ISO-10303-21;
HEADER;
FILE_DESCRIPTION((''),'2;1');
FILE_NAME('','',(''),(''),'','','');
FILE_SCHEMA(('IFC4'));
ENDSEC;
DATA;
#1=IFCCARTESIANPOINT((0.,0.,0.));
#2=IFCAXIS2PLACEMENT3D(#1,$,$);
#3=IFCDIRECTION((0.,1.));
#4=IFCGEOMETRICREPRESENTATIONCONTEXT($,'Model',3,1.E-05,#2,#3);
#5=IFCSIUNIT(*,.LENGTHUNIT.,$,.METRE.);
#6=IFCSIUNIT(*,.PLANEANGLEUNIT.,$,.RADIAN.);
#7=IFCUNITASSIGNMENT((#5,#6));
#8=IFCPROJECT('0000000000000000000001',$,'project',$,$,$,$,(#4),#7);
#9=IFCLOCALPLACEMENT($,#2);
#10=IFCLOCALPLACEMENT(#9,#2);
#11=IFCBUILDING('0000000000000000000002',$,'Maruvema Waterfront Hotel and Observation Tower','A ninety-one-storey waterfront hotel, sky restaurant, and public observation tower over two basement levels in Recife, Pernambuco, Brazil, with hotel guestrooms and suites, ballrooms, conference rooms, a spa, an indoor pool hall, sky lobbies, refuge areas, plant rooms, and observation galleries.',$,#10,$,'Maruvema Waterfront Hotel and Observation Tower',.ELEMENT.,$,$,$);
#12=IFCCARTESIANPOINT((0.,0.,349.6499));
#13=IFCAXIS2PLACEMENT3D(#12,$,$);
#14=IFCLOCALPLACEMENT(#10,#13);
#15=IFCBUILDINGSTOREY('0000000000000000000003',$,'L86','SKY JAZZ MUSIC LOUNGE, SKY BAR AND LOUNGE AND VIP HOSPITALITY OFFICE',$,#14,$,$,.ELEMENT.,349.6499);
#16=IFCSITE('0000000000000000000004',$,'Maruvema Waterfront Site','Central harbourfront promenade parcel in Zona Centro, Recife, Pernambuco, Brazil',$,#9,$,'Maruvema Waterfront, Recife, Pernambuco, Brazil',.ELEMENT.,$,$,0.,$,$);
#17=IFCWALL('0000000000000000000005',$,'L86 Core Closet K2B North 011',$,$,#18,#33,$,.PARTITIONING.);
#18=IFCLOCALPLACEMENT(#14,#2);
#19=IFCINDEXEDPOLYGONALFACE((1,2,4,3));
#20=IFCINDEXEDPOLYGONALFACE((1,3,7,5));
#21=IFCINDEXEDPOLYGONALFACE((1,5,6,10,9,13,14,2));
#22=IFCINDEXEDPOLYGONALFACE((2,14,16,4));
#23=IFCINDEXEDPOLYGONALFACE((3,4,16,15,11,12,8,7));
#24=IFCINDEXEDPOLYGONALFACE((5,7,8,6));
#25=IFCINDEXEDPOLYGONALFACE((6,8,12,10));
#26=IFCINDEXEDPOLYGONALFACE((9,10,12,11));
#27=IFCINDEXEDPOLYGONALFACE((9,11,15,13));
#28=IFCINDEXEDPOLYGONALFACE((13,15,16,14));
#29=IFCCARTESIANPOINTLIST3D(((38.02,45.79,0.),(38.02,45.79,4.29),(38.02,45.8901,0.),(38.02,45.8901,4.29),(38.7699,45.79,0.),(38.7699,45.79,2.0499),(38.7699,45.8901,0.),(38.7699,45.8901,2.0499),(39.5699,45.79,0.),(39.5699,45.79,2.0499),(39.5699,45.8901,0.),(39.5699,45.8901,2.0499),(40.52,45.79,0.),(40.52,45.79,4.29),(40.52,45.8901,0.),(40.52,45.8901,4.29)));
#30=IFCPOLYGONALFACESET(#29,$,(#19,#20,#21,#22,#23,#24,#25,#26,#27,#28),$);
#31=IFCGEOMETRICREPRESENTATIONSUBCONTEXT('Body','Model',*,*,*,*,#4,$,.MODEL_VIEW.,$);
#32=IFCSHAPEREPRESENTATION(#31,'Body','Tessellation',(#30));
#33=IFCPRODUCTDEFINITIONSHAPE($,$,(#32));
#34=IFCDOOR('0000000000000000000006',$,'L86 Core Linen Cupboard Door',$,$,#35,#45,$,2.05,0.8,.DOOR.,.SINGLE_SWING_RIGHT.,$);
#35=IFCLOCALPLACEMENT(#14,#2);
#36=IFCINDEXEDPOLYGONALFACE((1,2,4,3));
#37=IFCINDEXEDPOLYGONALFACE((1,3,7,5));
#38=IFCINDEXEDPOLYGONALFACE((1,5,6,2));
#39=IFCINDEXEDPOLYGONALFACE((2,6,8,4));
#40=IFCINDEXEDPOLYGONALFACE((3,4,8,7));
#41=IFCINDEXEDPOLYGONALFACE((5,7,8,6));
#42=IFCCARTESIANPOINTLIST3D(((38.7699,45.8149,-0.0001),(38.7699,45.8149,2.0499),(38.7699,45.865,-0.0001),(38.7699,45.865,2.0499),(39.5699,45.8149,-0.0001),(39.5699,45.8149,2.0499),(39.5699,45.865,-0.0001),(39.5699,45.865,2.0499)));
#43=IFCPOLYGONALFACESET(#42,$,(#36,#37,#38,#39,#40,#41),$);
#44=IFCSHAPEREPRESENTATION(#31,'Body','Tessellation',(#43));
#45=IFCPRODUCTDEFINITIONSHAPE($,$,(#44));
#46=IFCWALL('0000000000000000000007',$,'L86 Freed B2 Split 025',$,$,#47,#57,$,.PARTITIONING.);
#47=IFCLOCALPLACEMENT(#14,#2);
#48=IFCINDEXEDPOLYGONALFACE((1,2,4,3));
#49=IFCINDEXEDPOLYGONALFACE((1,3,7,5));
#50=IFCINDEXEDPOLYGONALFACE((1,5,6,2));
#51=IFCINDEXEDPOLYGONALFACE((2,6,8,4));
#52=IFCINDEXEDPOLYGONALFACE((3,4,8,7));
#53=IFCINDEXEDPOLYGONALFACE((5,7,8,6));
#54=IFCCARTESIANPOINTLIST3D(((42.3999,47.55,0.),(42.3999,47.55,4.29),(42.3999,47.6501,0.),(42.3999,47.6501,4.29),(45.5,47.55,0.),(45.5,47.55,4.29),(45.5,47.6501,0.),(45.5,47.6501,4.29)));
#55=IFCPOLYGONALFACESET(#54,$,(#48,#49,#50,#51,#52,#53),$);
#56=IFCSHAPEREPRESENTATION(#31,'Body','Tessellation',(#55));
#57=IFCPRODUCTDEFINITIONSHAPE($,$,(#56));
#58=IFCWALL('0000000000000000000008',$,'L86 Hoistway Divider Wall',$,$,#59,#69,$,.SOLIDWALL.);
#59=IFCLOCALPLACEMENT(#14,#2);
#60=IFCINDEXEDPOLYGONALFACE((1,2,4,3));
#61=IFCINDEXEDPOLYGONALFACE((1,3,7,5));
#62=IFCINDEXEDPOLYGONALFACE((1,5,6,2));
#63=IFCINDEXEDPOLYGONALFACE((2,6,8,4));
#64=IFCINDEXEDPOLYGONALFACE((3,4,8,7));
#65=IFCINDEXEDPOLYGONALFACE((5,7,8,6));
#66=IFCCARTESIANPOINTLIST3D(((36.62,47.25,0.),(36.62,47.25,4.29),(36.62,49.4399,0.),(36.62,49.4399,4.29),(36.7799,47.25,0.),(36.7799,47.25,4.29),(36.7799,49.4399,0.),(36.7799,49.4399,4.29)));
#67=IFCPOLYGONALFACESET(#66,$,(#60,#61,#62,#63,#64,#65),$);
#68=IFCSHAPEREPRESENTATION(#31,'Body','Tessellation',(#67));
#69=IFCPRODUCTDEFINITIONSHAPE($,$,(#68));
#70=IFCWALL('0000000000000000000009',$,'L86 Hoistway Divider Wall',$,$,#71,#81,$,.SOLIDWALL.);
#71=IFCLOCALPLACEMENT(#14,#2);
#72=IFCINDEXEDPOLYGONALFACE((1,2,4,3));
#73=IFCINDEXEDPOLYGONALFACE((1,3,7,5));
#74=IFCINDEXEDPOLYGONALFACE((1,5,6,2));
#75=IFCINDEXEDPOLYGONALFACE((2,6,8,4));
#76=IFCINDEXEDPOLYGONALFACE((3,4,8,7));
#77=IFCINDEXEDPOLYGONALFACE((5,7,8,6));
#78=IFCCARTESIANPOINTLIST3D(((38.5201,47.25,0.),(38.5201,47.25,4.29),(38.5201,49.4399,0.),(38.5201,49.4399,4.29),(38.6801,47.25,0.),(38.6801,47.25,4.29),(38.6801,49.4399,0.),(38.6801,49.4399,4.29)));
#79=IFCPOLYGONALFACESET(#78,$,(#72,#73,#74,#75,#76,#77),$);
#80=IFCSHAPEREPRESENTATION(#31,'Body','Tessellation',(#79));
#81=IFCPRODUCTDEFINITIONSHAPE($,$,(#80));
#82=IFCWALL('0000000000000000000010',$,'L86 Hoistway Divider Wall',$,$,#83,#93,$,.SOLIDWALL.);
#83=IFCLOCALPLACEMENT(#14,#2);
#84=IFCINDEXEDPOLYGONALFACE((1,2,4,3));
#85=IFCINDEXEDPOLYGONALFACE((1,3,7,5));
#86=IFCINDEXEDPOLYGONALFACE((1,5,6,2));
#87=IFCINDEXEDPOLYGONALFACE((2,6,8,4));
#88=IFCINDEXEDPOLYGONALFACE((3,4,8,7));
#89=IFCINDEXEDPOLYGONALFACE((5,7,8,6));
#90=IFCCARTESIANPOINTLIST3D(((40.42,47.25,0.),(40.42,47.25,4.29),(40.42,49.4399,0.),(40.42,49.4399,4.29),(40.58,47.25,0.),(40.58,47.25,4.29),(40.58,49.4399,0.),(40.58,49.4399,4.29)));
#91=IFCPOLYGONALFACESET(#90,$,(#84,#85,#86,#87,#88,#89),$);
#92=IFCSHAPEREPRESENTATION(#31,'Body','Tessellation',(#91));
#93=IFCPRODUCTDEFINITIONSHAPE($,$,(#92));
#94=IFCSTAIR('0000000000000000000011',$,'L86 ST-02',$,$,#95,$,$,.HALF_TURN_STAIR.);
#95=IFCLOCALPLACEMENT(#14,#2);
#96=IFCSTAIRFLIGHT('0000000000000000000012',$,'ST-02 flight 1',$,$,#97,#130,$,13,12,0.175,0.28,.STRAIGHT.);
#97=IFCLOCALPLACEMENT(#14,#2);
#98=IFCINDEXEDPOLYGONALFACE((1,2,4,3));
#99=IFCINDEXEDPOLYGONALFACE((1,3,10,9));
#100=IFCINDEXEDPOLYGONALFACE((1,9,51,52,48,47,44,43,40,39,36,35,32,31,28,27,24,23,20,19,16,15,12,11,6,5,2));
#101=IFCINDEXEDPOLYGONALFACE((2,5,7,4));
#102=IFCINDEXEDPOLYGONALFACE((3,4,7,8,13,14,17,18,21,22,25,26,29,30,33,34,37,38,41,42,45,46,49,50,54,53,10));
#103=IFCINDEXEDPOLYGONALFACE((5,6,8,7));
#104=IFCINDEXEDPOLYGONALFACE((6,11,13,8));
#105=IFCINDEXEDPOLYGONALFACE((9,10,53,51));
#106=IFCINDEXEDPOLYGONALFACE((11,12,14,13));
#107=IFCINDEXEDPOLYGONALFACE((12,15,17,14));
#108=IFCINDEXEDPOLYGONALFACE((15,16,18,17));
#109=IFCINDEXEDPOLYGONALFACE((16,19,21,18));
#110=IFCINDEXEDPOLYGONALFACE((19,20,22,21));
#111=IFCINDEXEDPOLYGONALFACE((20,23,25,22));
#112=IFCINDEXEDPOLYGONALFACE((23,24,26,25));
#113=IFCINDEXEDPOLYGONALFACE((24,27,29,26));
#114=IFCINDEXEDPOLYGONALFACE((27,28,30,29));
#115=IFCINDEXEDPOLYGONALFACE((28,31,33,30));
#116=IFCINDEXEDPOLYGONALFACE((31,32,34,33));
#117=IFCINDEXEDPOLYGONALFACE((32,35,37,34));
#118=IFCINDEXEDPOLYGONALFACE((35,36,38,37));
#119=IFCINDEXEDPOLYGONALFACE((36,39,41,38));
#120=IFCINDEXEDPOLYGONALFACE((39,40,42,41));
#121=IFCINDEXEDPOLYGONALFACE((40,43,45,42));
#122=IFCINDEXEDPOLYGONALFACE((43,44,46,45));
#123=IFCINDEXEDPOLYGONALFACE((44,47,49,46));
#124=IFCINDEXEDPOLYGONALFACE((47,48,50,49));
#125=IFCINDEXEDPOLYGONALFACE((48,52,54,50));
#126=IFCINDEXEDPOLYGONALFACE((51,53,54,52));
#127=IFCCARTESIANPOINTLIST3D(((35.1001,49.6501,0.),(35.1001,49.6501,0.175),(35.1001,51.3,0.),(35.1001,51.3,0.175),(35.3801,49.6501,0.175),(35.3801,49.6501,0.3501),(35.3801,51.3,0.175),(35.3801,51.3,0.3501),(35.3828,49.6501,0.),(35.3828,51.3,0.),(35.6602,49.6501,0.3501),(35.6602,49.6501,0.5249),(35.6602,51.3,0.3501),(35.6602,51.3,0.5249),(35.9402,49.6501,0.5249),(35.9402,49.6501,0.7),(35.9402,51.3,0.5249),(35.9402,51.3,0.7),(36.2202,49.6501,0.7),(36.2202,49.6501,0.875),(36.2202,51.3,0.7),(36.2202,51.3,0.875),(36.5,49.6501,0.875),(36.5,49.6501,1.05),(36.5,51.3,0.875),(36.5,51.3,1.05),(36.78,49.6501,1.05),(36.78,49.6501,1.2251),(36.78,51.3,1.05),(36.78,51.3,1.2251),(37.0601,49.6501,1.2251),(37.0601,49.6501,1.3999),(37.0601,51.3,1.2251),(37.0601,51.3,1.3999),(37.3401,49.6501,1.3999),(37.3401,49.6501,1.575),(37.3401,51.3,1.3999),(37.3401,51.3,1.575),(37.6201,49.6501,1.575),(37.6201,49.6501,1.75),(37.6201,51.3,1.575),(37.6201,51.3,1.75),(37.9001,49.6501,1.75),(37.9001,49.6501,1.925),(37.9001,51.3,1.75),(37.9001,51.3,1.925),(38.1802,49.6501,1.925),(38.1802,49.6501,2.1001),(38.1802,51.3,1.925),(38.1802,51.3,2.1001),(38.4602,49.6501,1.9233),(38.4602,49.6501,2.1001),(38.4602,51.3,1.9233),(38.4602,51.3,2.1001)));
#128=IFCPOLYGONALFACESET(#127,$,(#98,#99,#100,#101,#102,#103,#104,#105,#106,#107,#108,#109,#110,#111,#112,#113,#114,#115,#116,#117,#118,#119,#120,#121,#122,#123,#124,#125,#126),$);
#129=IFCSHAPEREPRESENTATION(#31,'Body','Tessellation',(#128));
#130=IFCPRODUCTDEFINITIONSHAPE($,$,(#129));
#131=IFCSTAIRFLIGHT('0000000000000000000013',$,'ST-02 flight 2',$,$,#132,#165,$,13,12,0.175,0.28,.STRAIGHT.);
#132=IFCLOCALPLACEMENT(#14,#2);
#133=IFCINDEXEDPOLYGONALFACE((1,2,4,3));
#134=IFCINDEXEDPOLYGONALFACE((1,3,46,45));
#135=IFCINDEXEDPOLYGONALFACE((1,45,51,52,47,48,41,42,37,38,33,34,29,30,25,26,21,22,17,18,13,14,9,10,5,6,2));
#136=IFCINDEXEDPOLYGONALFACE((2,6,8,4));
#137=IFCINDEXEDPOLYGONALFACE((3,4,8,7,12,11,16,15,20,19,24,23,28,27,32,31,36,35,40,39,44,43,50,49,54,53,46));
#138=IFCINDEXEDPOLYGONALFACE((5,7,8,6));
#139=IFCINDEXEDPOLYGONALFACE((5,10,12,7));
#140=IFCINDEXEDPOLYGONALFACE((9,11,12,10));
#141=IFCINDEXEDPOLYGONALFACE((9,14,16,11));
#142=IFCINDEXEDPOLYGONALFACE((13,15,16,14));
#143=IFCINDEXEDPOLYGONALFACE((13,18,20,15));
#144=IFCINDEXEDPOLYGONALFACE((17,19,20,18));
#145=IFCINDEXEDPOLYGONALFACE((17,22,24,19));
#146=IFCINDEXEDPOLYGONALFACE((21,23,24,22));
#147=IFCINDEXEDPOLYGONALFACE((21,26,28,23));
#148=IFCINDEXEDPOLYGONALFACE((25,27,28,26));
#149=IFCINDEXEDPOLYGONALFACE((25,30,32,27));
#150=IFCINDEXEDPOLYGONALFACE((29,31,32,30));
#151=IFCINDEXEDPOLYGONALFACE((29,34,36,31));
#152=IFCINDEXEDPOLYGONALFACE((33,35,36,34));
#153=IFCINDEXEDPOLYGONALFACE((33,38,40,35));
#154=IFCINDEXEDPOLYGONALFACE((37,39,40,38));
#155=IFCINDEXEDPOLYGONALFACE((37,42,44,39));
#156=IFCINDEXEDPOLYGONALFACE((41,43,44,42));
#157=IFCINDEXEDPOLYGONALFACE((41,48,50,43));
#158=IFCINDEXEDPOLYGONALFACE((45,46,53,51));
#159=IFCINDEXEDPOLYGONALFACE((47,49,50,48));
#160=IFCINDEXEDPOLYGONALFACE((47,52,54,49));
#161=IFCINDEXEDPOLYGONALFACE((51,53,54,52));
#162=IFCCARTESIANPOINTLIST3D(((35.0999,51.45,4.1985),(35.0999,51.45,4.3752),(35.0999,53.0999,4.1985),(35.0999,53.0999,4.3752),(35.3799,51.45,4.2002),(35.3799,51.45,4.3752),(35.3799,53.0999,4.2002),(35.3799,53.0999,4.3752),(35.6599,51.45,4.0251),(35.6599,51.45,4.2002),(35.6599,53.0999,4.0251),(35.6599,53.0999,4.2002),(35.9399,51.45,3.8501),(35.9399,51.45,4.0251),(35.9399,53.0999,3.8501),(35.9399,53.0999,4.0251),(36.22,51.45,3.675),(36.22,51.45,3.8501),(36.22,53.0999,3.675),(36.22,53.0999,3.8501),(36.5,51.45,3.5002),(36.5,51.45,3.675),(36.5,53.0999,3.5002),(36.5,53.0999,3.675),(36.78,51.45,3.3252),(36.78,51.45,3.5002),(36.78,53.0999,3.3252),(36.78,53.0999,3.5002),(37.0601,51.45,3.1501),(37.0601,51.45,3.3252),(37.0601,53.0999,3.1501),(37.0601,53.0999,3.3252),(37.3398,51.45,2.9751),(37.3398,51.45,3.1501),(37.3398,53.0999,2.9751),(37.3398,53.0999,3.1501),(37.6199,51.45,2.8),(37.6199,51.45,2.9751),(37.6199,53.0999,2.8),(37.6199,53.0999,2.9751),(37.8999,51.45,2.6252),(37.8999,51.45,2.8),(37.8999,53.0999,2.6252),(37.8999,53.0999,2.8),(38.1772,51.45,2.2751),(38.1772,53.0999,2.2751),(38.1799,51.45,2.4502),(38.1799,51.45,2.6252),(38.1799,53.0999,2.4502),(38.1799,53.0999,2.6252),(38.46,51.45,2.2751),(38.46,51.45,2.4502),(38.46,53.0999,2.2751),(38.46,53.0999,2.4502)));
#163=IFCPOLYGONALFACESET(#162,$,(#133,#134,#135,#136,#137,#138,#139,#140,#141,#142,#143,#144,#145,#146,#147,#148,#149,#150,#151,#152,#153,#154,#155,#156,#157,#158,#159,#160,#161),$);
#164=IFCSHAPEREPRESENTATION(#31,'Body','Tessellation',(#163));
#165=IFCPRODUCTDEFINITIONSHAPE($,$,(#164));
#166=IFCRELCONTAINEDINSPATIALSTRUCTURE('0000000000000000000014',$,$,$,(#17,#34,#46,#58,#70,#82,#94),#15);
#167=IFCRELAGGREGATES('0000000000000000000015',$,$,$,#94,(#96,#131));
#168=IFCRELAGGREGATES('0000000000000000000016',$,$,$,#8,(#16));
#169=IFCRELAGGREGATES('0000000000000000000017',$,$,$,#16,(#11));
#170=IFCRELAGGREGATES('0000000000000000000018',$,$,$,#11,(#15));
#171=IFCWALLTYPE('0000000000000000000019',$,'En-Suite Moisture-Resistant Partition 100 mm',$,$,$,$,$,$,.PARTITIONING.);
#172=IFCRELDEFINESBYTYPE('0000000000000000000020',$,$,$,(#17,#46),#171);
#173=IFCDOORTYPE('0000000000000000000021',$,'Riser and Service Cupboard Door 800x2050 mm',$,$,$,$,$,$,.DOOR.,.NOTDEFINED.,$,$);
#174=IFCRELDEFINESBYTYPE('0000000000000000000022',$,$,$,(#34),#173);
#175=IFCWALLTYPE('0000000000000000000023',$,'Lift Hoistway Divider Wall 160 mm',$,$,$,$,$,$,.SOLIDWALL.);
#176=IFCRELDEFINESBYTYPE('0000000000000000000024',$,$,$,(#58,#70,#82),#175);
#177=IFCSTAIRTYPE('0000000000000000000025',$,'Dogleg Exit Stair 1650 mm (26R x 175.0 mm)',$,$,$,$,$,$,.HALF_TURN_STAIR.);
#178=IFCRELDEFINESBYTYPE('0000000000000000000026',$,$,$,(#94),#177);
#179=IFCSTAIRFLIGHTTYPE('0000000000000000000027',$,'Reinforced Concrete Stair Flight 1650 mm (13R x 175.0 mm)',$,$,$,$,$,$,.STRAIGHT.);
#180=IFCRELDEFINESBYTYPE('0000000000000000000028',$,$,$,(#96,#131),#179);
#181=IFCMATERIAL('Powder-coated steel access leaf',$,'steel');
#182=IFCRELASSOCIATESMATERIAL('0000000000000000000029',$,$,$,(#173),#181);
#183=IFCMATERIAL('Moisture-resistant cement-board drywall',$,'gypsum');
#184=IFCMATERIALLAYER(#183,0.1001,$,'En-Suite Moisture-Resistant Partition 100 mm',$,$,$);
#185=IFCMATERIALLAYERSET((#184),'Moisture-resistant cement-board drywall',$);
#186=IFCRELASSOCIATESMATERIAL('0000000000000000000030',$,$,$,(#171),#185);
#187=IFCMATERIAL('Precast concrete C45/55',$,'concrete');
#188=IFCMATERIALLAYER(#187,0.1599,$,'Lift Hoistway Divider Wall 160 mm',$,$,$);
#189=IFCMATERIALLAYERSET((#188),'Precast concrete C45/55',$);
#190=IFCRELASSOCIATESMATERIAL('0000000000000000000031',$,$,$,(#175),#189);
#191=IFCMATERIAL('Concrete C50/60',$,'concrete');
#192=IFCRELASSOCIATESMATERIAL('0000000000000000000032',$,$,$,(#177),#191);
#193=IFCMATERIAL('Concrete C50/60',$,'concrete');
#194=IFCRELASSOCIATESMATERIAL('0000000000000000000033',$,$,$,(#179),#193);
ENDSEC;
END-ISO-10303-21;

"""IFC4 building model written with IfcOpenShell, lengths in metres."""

from ifc_helpers import new_model, si_unit, direction, frame, frame_2d, origin, place, context, subcontext, project, spatial, polyline, rectangle, outline, extrude, material, layer, layer_set, type_object, element, fill, aggregate, save


model = new_model("IFC4")

# Units and contexts
model_context = context("Model", 3, precision=1e-05, world=origin(), true_north=direction((0.0, 1.0)))
body_context = subcontext(model_context, "Body", "Model", "MODEL_VIEW")
ifc_project = project(units=[si_unit("LENGTHUNIT", "METRE"), si_unit("PLANEANGLEUNIT", "RADIAN")], contexts=[model_context])

# Site, building, storey
site_placement = place(None, origin())
site = spatial("IfcSite", under=ifc_project, at=site_placement, Name="Maruvema Waterfront Site", Description="Central harbourfront promenade parcel in Zona Centro, Recife, Pernambuco, Brazil", LongName="Maruvema Waterfront, Recife, Pernambuco, Brazil", CompositionType="ELEMENT", RefElevation=0.0)
building_placement = place(site_placement, origin())
building = spatial("IfcBuilding", under=site, at=building_placement, Name="Maruvema Waterfront Hotel and Observation Tower", Description="A ninety-one-storey waterfront hotel, sky restaurant, and public observation tower over two basement levels in Recife, Pernambuco, Brazil, with hotel guestrooms and suites, ballrooms, conference rooms, a spa, an indoor pool hall, sky lobbies, refuge areas, plant rooms, and observation galleries.", LongName="Maruvema Waterfront Hotel and Observation Tower", CompositionType="ELEMENT")
storey_placement = place(building_placement, frame((0.0, 0.0, 349.6499)))
storey = spatial("IfcBuildingStorey", under=building, at=storey_placement, Name="L86", Description="SKY JAZZ MUSIC LOUNGE, SKY BAR AND LOUNGE AND VIP HOSPITALITY OFFICE", CompositionType="ELEMENT", Elevation=349.6499)

# Shared definitions
ifc_material_1 = material(Name="Powder-coated steel access leaf", Category="steel")
door_type_1 = type_object("IfcDoorType", Name="Riser and Service Cupboard Door 800x2050 mm", OperationType="NOTDEFINED", PredefinedType="DOOR", material=ifc_material_1)

# Wall, opening, door
ifc_material_2 = material(Name="Moisture-resistant cement-board drywall", Category="gypsum")
ifc_layer_1 = layer(ifc_material_2, 0.1001, Name="En-Suite Moisture-Resistant Partition 100 mm")
ifc_layer_set_1 = layer_set([ifc_layer_1], Name="Moisture-resistant cement-board drywall")
wall_type_1 = type_object("IfcWallType", Name="En-Suite Moisture-Resistant Partition 100 mm", PredefinedType="PARTITIONING", material=ifc_layer_set_1)
wall_1_placement = place(storey_placement, frame((38.02, 45.8401, 0.0), z_axis=(0.0, 0.0, 1.0), x_axis=(1.0, 0.0, 0.0)))
wall_1 = element("IfcWall", 1, at=wall_1_placement, inside=storey, type_object=wall_type_1, Name="L86 Core Closet K2B North 011", PredefinedType="PARTITIONING", context=body_context, shape_type="SweptSolid", body=[
    extrude(rectangle(XDim=2.5, YDim=0.1001, at=frame_2d((1.25, 0.0))), origin(), (0.0, 0.0, 1.0), 4.29),
])
opening_1_placement = place(wall_1_placement, frame((0.75, 0.0, 0.0)))
opening_1 = element("IfcOpeningElement", 2, at=opening_1_placement, cuts=wall_1, PredefinedType="OPENING", context=body_context, shape_type="SweptSolid", body=[
    extrude(rectangle(XDim=0.8, YDim=2.05, at=frame_2d((0.3999, 1.0249))), frame((0.0, 0.0601, 0.0), z_axis=(0.0, -1.0, 0.0), x_axis=(1.0, 0.0, 0.0)), (0.0, 0.0, 1.0), 0.1201),
])
door_1_placement = place(opening_1_placement, origin())
door_1 = element("IfcDoor", 3, at=door_1_placement, inside=storey, type_object=door_type_1, Name="L86 Core Linen Cupboard Door", OperationType="SINGLE_SWING_RIGHT", OverallHeight=2.05, OverallWidth=0.8, PredefinedType="DOOR", context=body_context, shape_type="SweptSolid", body=[
    extrude(rectangle(XDim=0.8, YDim=2.05, at=frame_2d((0.3999, 1.0249))), frame((0.0, 0.0249, 0.0), z_axis=(0.0, -1.0, 0.0), x_axis=(1.0, 0.0, 0.0)), (0.0, 0.0, 1.0), 0.05),
])
fill(opening_1, door_1)

# Walls
wall_2_placement = place(storey_placement, frame((42.3999, 47.6001, 0.0), z_axis=(0.0, 0.0, 1.0), x_axis=(1.0, 0.0, 0.0)))
element("IfcWall", 4, at=wall_2_placement, inside=storey, type_object=wall_type_1, Name="L86 Freed B2 Split 025", PredefinedType="PARTITIONING", context=body_context, shape_type="SweptSolid", body=[
    extrude(rectangle(XDim=3.1001, YDim=0.1001, at=frame_2d((1.55, 0.0))), origin(), (0.0, 0.0, 1.0), 4.29),
])
ifc_material_3 = material(Name="Precast concrete C45/55", Category="concrete")
ifc_layer_2 = layer(ifc_material_3, 0.1599, Name="Lift Hoistway Divider Wall 160 mm")
ifc_layer_set_2 = layer_set([ifc_layer_2], Name="Precast concrete C45/55")
wall_type_2 = type_object("IfcWallType", Name="Lift Hoistway Divider Wall 160 mm", PredefinedType="SOLIDWALL", material=ifc_layer_set_2)
for number, where, z_axis, x_axis, name in (
    (5, (36.7, 47.25, 0.0), (0.0, 0.0, 1.0), (0.0, 1.0, 0.0), "L86 Hoistway Divider Wall"),
    (6, (38.6001, 47.25, 0.0), (0.0, 0.0, 1.0), (0.0, 1.0, 0.0), "L86 Hoistway Divider Wall"),
    (7, (40.5, 47.25, 0.0), (0.0, 0.0, 1.0), (0.0, 1.0, 0.0), "L86 Hoistway Divider Wall"),
):
    element("IfcWall", number, at=place(storey_placement, frame(where, z_axis=z_axis, x_axis=x_axis)), inside=storey, type_object=wall_type_2, Name=name, PredefinedType="SOLIDWALL", context=body_context, shape_type="SweptSolid", body=[
        extrude(rectangle(XDim=2.1899, YDim=0.1599, at=frame_2d((1.095, 0.0))), origin(), (0.0, 0.0, 1.0), 4.29),
    ])

# Stair, stair flights
ifc_material_4 = material(Name="Concrete C50/60", Category="concrete")
stair_type = type_object("IfcStairType", Name="Dogleg Exit Stair 1650 mm (26R x 175.0 mm)", PredefinedType="HALF_TURN_STAIR", material=ifc_material_4)
stair_placement = place(storey_placement, origin())
stair = element("IfcStair", 8, at=stair_placement, inside=storey, type_object=stair_type, Name="L86 ST-02", PredefinedType="HALF_TURN_STAIR")
ifc_material_5 = material(Name="Concrete C50/60", Category="concrete")
stair_flight_type = type_object("IfcStairFlightType", Name="Reinforced Concrete Stair Flight 1650 mm (13R x 175.0 mm)", PredefinedType="STRAIGHT", material=ifc_material_5)
stair_flight_1_placement = place(storey_placement, frame((35.1001, 50.4751, 0.0), z_axis=(0.0, 0.0, 1.0), x_axis=(1.0, 0.0, 0.0)))
stair_flight_1 = element("IfcStairFlight", 9, at=stair_flight_1_placement, type_object=stair_flight_type, Name="ST-02 flight 1", NumberOfRisers=13, NumberOfTreads=12, PredefinedType="STRAIGHT", RiserHeight=0.175, TreadLength=0.28, context=body_context, shape_type="SweptSolid", body=[
    extrude(outline(polyline([(0.0, 0.0), (0.0, 0.175), (0.28, 0.175), (0.28, 0.3501), (0.5601, 0.3501), (0.5601, 0.5249), (0.8401, 0.5249), (0.8401, 0.7), (1.1201, 0.7), (1.1201, 0.875), (1.3999, 0.875), (1.3999, 1.05), (1.6799, 1.05), (1.6799, 1.2251), (1.96, 1.2251), (1.96, 1.3999), (2.24, 1.3999), (2.24, 1.575), (2.52, 1.575), (2.52, 1.75), (2.8, 1.75), (2.8, 1.925), (3.0801, 1.925), (3.0801, 2.1001), (3.3601, 2.1001), (3.3601, 2.2749), (3.3601, 1.9233), (0.2827, 0.0), (0.0, 0.0)])), frame((0.0, 0.825, 0.0), z_axis=(0.0, -1.0, 0.0), x_axis=(1.0, 0.0, 0.0)), (0.0, 0.0, 1.0), 1.6499),
])
stair_flight_2_placement = place(storey_placement, frame((38.46, 52.2749, 2.2751), z_axis=(0.0, 0.0, 1.0), x_axis=(-1.0, 0.0, 0.0)))
stair_flight_2 = element("IfcStairFlight", 10, at=stair_flight_2_placement, type_object=stair_flight_type, Name="ST-02 flight 2", NumberOfRisers=13, NumberOfTreads=12, PredefinedType="STRAIGHT", RiserHeight=0.175, TreadLength=0.28, context=body_context, shape_type="SweptSolid", body=[
    extrude(outline(polyline([(0.0, 0.0), (0.0, 0.175), (0.28, 0.175), (0.28, 0.3501), (0.5601, 0.3501), (0.5601, 0.5249), (0.8401, 0.5249), (0.8401, 0.7), (1.1201, 0.7), (1.1201, 0.875), (1.3999, 0.875), (1.3999, 1.05), (1.6799, 1.05), (1.6799, 1.2251), (1.96, 1.2251), (1.96, 1.3999), (2.24, 1.3999), (2.24, 1.575), (2.52, 1.575), (2.52, 1.75), (2.8, 1.75), (2.8, 1.925), (3.0801, 1.925), (3.0801, 2.1001), (3.3601, 2.1001), (3.3601, 2.2749), (3.3601, 1.9233), (0.2827, 0.0), (0.0, 0.0)])), frame((0.0, 0.825, 0.0), z_axis=(0.0, -1.0, 0.0), x_axis=(1.0, 0.0, 0.0)), (0.0, 0.0, 1.0), 1.6499),
])
aggregate(stair, [stair_flight_1, stair_flight_2])

save(model, "model.ifc")
